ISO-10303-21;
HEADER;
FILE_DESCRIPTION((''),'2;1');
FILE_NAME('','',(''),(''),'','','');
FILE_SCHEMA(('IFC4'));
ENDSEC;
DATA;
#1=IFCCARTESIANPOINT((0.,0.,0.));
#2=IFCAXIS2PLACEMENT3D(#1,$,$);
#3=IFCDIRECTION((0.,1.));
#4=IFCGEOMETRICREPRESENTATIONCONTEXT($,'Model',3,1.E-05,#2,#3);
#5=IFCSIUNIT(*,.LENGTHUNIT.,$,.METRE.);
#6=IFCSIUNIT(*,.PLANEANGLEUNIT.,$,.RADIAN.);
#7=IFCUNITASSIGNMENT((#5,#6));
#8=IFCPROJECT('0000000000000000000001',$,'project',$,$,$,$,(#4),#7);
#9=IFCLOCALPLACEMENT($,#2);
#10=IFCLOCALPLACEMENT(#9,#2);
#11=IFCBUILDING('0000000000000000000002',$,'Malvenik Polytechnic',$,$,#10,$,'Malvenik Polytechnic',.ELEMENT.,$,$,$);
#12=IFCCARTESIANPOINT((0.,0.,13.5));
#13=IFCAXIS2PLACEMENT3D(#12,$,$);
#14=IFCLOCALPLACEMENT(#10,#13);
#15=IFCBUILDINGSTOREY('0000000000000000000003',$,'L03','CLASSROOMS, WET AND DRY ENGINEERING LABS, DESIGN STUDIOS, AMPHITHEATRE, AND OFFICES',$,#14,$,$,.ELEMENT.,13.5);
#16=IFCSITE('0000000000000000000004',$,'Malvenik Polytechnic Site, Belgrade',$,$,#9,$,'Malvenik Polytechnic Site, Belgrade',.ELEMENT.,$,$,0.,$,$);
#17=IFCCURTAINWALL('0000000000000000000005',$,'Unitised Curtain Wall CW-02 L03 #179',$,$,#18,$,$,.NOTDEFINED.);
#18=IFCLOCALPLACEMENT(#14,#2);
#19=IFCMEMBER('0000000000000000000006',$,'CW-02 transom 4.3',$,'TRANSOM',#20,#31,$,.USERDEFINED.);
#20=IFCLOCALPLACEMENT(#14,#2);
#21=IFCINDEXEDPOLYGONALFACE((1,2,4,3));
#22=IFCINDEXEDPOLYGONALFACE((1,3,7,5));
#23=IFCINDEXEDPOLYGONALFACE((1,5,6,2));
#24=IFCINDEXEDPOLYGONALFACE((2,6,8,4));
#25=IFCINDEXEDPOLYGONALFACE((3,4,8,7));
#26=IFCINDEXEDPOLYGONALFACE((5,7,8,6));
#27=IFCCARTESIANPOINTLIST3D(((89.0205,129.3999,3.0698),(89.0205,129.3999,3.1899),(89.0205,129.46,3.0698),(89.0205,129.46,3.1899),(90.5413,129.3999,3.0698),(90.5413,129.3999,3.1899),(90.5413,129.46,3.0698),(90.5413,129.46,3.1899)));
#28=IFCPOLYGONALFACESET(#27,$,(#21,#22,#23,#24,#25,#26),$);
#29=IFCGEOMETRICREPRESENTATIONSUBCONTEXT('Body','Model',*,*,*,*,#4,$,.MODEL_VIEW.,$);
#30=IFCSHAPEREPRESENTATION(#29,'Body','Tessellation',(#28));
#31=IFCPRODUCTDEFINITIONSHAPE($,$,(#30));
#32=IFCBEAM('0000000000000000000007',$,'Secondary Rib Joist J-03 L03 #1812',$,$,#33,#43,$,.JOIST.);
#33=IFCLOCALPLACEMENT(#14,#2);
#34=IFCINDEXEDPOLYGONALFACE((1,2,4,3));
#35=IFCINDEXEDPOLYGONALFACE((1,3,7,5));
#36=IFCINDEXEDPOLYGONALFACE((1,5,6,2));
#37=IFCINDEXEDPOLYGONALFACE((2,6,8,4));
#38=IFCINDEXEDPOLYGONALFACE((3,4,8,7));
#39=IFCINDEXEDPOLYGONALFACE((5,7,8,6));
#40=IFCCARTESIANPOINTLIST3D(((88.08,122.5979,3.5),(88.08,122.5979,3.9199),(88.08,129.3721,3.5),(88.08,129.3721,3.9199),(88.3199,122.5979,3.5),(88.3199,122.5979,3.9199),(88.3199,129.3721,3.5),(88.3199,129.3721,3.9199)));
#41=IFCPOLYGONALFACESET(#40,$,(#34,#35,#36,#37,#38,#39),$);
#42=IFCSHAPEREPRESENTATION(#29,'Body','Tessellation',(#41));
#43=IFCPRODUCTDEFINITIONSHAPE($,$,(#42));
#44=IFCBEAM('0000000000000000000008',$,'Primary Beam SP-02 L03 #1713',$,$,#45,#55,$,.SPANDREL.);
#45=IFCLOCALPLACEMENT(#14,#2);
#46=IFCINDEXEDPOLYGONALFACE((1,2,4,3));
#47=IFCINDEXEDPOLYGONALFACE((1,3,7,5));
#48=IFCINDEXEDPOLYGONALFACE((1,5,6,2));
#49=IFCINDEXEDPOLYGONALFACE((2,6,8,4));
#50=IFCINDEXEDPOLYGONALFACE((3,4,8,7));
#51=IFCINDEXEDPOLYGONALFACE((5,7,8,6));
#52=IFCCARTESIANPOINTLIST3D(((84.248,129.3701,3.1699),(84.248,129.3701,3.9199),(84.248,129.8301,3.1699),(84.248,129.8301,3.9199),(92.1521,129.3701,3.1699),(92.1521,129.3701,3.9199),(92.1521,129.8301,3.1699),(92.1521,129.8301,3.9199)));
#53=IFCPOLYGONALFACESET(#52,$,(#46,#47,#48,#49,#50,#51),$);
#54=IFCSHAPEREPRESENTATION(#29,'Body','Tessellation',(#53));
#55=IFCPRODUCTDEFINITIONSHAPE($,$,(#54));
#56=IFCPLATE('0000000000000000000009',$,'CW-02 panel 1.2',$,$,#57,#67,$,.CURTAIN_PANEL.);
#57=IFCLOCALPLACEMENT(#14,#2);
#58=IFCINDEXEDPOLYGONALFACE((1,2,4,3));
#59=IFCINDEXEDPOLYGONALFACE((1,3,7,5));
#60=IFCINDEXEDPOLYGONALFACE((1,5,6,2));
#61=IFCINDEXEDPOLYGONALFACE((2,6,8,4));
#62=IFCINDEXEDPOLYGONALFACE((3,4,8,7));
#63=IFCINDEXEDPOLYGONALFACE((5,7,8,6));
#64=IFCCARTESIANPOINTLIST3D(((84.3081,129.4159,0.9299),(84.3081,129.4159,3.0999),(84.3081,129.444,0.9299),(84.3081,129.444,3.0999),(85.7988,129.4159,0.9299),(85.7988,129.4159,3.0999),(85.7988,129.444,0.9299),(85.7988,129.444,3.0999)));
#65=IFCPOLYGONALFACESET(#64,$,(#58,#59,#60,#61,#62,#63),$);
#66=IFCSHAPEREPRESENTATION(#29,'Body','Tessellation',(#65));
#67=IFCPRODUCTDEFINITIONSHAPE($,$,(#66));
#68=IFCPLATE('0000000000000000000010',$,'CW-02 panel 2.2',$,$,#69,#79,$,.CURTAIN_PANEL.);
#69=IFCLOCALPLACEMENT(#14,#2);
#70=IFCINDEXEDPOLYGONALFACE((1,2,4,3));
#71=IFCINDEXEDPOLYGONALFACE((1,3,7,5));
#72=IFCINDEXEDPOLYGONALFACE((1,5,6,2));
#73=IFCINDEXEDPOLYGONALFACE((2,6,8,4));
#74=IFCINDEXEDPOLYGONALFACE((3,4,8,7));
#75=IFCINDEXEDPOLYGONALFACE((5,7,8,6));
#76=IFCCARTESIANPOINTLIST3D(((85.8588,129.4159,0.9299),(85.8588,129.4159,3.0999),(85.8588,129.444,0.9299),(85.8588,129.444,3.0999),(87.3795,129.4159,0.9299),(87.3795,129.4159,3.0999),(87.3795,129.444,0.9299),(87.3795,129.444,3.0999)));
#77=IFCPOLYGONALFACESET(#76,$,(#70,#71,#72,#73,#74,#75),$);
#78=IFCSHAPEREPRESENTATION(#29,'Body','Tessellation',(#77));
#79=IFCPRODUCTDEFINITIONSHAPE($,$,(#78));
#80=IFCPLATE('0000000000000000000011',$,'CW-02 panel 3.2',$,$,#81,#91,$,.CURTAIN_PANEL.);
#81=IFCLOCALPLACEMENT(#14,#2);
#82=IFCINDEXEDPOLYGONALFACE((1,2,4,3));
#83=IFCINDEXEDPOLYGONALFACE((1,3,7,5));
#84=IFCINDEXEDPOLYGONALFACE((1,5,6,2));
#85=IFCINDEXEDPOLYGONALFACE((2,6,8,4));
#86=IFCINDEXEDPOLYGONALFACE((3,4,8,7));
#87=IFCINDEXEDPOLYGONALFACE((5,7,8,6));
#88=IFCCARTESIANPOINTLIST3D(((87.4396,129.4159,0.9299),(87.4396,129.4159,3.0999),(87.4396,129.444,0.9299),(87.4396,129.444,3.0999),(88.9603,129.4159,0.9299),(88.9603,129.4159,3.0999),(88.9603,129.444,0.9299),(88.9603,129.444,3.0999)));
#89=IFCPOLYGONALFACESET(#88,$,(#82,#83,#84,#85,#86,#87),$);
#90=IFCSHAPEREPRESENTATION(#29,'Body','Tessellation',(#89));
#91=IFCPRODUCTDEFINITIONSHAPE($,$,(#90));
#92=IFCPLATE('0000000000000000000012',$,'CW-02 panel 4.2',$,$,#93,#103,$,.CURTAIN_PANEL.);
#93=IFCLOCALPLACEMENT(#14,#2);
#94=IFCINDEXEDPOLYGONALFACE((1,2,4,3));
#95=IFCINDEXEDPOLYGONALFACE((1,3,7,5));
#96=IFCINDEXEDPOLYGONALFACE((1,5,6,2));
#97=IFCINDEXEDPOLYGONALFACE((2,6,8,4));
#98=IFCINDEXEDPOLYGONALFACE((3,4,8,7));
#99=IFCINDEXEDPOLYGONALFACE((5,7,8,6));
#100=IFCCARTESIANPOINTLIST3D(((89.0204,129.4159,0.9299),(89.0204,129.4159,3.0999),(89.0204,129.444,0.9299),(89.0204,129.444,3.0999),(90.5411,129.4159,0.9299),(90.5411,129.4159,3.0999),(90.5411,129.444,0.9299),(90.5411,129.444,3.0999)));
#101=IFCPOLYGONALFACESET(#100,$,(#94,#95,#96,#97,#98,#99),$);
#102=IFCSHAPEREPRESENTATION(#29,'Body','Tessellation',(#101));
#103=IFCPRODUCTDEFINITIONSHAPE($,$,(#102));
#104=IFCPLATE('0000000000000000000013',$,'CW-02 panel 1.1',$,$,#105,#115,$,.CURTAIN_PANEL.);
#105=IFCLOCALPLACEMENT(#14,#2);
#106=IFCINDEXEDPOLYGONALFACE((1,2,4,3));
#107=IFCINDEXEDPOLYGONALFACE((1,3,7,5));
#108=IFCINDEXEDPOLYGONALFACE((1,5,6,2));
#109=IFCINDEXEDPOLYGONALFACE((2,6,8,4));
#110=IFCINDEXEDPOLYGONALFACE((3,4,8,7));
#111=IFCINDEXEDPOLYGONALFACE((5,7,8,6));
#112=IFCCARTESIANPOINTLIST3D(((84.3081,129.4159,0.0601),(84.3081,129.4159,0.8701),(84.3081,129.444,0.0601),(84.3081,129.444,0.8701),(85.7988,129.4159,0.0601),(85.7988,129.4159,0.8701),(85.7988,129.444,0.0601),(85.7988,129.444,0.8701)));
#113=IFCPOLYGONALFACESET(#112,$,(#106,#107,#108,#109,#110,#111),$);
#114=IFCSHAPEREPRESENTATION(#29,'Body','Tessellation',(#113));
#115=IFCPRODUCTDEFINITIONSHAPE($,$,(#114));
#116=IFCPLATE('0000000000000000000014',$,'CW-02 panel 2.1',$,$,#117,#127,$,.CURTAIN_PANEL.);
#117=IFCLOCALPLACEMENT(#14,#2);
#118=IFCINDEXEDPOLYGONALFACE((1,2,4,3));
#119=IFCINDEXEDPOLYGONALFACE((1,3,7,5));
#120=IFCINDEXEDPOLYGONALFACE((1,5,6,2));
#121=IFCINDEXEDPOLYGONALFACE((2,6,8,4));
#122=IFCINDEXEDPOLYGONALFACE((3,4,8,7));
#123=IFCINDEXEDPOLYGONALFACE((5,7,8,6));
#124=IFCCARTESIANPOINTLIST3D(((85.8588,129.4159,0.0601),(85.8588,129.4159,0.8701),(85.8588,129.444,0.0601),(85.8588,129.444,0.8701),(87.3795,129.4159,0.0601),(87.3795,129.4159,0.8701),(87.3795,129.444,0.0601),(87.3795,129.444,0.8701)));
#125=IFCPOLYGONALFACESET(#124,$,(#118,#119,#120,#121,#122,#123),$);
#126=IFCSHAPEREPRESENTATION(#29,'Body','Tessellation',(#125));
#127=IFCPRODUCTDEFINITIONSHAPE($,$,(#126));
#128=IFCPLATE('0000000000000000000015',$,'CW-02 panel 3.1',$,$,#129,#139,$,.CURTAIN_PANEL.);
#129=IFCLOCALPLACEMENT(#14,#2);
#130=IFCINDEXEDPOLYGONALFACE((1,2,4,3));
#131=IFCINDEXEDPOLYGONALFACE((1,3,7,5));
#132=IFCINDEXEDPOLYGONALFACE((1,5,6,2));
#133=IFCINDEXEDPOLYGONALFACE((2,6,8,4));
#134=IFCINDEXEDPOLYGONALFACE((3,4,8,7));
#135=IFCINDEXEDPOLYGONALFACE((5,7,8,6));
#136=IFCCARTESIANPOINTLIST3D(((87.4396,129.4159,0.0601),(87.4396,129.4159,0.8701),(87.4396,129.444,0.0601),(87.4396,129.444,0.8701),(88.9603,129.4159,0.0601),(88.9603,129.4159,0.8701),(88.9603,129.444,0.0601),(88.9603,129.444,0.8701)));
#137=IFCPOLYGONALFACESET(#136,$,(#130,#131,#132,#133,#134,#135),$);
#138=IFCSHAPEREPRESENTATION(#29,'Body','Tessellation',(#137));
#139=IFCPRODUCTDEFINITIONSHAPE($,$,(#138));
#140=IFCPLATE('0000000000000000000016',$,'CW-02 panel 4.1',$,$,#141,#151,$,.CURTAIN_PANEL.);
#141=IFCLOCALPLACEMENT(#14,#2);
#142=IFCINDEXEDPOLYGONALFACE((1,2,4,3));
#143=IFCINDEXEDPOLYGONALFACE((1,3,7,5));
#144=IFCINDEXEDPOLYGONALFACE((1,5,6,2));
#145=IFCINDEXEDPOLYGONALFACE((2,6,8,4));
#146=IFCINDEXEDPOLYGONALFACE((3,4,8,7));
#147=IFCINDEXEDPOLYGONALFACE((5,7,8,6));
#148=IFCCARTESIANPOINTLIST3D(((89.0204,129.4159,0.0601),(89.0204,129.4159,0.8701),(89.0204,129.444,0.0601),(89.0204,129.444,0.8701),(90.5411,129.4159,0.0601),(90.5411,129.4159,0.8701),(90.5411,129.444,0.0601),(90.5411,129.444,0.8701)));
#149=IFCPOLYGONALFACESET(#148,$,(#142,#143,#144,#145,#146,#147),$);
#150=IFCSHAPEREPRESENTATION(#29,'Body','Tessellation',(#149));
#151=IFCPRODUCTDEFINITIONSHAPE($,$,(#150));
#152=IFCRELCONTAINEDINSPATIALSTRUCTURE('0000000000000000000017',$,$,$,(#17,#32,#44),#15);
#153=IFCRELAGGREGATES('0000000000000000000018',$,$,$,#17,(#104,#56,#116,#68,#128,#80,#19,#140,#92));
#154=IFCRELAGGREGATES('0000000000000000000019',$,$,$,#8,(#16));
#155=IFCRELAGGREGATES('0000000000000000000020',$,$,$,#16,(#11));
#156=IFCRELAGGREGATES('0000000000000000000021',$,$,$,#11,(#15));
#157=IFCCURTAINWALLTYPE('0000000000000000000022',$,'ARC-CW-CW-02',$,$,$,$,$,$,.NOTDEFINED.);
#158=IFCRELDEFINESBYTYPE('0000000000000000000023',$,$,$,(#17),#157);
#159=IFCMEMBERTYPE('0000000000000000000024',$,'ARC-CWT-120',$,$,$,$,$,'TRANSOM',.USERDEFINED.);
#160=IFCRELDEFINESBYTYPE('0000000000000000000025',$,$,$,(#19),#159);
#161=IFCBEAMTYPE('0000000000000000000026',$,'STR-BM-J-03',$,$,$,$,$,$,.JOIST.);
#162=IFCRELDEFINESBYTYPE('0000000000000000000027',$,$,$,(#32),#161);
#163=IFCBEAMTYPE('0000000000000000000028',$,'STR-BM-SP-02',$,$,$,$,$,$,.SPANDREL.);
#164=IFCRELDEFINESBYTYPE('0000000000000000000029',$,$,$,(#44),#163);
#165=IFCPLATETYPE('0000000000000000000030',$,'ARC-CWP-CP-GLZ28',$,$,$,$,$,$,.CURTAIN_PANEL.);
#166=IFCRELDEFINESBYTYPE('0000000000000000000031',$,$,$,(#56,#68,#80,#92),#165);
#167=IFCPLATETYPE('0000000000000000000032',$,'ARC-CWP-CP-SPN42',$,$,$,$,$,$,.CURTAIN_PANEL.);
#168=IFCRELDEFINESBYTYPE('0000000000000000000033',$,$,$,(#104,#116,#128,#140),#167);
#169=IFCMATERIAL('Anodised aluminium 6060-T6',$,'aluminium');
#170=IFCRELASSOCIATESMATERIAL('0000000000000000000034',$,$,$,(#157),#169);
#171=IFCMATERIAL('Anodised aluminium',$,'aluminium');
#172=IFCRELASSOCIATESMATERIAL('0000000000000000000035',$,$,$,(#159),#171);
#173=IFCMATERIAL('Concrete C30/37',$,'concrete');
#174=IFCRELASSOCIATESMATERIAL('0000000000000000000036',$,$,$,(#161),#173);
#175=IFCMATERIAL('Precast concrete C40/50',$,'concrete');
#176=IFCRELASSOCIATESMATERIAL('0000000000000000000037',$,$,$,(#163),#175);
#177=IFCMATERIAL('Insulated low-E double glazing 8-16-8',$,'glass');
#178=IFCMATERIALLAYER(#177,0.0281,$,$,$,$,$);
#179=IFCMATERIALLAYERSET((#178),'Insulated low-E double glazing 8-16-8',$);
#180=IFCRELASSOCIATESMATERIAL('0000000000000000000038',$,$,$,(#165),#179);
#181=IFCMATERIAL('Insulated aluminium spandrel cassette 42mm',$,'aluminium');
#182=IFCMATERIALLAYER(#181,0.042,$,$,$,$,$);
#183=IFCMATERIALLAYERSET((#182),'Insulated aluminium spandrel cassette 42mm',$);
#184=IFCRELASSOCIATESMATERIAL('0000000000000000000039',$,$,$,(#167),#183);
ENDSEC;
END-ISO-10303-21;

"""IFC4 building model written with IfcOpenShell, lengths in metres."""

from ifc_helpers import new_model, si_unit, direction, frame, origin, origin_2d, place, context, subcontext, project, spatial, rectangle, extrude, material, layer, layer_set, material_profile, profile_set, type_object, element, aggregate, save


model = new_model("IFC4")

# Units and contexts
model_context = context("Model", 3, precision=1e-05, world=origin(), true_north=direction((0.0, 1.0)))
body_context = subcontext(model_context, "Body", "Model", "MODEL_VIEW")
ifc_project = project(units=[si_unit("LENGTHUNIT", "METRE"), si_unit("PLANEANGLEUNIT", "RADIAN")], contexts=[model_context])

# Site, building, storey
site_placement = place(None, origin())
site = spatial("IfcSite", under=ifc_project, at=site_placement, Name="Malvenik Polytechnic Site, Belgrade", LongName="Malvenik Polytechnic Site, Belgrade", CompositionType="ELEMENT", RefElevation=0.0)
building_placement = place(site_placement, origin())
building = spatial("IfcBuilding", under=site, at=building_placement, Name="Malvenik Polytechnic", LongName="Malvenik Polytechnic", CompositionType="ELEMENT")
storey_placement = place(building_placement, frame((0.0, 0.0, 13.5)))
storey = spatial("IfcBuildingStorey", under=building, at=storey_placement, Name="L03", Description="CLASSROOMS, WET AND DRY ENGINEERING LABS, DESIGN STUDIOS, AMPHITHEATRE, AND OFFICES", CompositionType="ELEMENT", Elevation=13.5)

# Curtain wall, member
ifc_material_1 = material(Name="Anodised aluminium 6060-T6", Category="aluminium")
curtain_wall_type = type_object("IfcCurtainWallType", Name="ARC-CW-CW-02", PredefinedType="NOTDEFINED", material=ifc_material_1)
curtain_wall_placement = place(storey_placement, origin())
curtain_wall = element("IfcCurtainWall", 1, at=curtain_wall_placement, inside=storey, type_object=curtain_wall_type, Name="Unitised Curtain Wall CW-02 L03 #179", PredefinedType="NOTDEFINED")
ifc_material_2 = material(Name="Anodised aluminium", Category="aluminium")
ifc_material_profile_1 = material_profile(ifc_material_2, rectangle(XDim=0.0601, YDim=0.1201, at=origin_2d()), Name="ALU TRANSOM 60x120")
ifc_profile_set_1 = profile_set([ifc_material_profile_1], Name="Anodised aluminium")
member_type_1 = type_object("IfcMemberType", Name="ARC-CWT-120", ElementType="TRANSOM", PredefinedType="USERDEFINED", material=ifc_profile_set_1)
member_1_placement = place(storey_placement, frame((89.0205, 129.4299, 3.1299), z_axis=(1.0, 0.0, 0.0), x_axis=(0.0, 1.0, 0.0)))
member_1 = element("IfcMember", 2, at=member_1_placement, type_object=member_type_1, Name="CW-02 transom 4.3", ObjectType="TRANSOM", PredefinedType="USERDEFINED", context=body_context, shape_type="SweptSolid", body=[
    extrude(rectangle(XDim=0.0601, YDim=0.1201, at=origin_2d()), origin(), (0.0, 0.0, 1.0), 1.5208),
])

# Beams
ifc_material_3 = material(Name="Concrete C30/37", Category="concrete")
ifc_material_profile_2 = material_profile(ifc_material_3, rectangle(XDim=0.24, YDim=0.4199, at=origin_2d()), Name="RC JST 240x420")
ifc_profile_set_2 = profile_set([ifc_material_profile_2], Name="Concrete C30/37")
beam_type_1 = type_object("IfcBeamType", Name="STR-BM-J-03", PredefinedType="JOIST", material=ifc_profile_set_2)
beam_1_placement = place(storey_placement, frame((88.2, 122.5979, 3.71), z_axis=(0.0, 1.0, 0.0), x_axis=(-1.0, 0.0, 0.0)))
element("IfcBeam", 3, at=beam_1_placement, inside=storey, type_object=beam_type_1, Name="Secondary Rib Joist J-03 L03 #1812", PredefinedType="JOIST", context=body_context, shape_type="SweptSolid", body=[
    extrude(rectangle(XDim=0.24, YDim=0.4199, at=origin_2d()), origin(), (0.0, 0.0, 1.0), 6.7742),
])
ifc_material_4 = material(Name="Precast concrete C40/50", Category="concrete")
ifc_material_profile_3 = material_profile(ifc_material_4, rectangle(XDim=0.46, YDim=0.75, at=origin_2d()), Name="PC SPN 460x750")
ifc_profile_set_3 = profile_set([ifc_material_profile_3], Name="Precast concrete C40/50")
beam_type_2 = type_object("IfcBeamType", Name="STR-BM-SP-02", PredefinedType="SPANDREL", material=ifc_profile_set_3)
beam_2_placement = place(storey_placement, frame((84.248, 129.6001, 3.5449), z_axis=(1.0, 0.0, 0.0), x_axis=(0.0, 1.0, 0.0)))
element("IfcBeam", 4, at=beam_2_placement, inside=storey, type_object=beam_type_2, Name="Primary Beam SP-02 L03 #1713", PredefinedType="SPANDREL", context=body_context, shape_type="SweptSolid", body=[
    extrude(rectangle(XDim=0.46, YDim=0.75, at=origin_2d()), origin(), (0.0, 0.0, 1.0), 7.9041),
])

# Plates
ifc_material_5 = material(Name="Insulated low-E double glazing 8-16-8", Category="glass")
ifc_layer_1 = layer(ifc_material_5, 0.0281)
ifc_layer_set_1 = layer_set([ifc_layer_1], Name="Insulated low-E double glazing 8-16-8")
plate_type_1 = type_object("IfcPlateType", Name="ARC-CWP-CP-GLZ28", PredefinedType="CURTAIN_PANEL", material=ifc_layer_set_1)
plate_1_placement = place(storey_placement, frame((85.0535, 129.4299, 0.9299), z_axis=(0.0, 0.0, 1.0), x_axis=(1.0, 0.0, 0.0)))
plate_1 = element("IfcPlate", 5, at=plate_1_placement, type_object=plate_type_1, Name="CW-02 panel 1.2", PredefinedType="CURTAIN_PANEL", context=body_context, shape_type="SweptSolid", body=[
    extrude(rectangle(XDim=1.4907, YDim=0.0281, at=origin_2d()), origin(), (0.0, 0.0, 1.0), 2.1699),
])
plate_2_placement = place(storey_placement, frame((86.6191, 129.4299, 0.9299), z_axis=(0.0, 0.0, 1.0), x_axis=(1.0, 0.0, 0.0)))
plate_2 = element("IfcPlate", 6, at=plate_2_placement, type_object=plate_type_1, Name="CW-02 panel 2.2", PredefinedType="CURTAIN_PANEL", context=body_context, shape_type="SweptSolid", body=[
    extrude(rectangle(XDim=1.5208, YDim=0.0281, at=origin_2d()), origin(), (0.0, 0.0, 1.0), 2.1699),
])
plate_3_placement = place(storey_placement, frame((88.2, 129.4299, 0.9299), z_axis=(0.0, 0.0, 1.0), x_axis=(1.0, 0.0, 0.0)))
plate_3 = element("IfcPlate", 7, at=plate_3_placement, type_object=plate_type_1, Name="CW-02 panel 3.2", PredefinedType="CURTAIN_PANEL", context=body_context, shape_type="SweptSolid", body=[
    extrude(rectangle(XDim=1.5208, YDim=0.0281, at=origin_2d()), origin(), (0.0, 0.0, 1.0), 2.1699),
])
plate_4_placement = place(storey_placement, frame((89.7808, 129.4299, 0.9299), z_axis=(0.0, 0.0, 1.0), x_axis=(1.0, 0.0, 0.0)))
plate_4 = element("IfcPlate", 8, at=plate_4_placement, type_object=plate_type_1, Name="CW-02 panel 4.2", PredefinedType="CURTAIN_PANEL", context=body_context, shape_type="SweptSolid", body=[
    extrude(rectangle(XDim=1.5208, YDim=0.0281, at=origin_2d()), origin(), (0.0, 0.0, 1.0), 2.1699),
])
ifc_material_6 = material(Name="Insulated aluminium spandrel cassette 42mm", Category="aluminium")
ifc_layer_2 = layer(ifc_material_6, 0.042)
ifc_layer_set_2 = layer_set([ifc_layer_2], Name="Insulated aluminium spandrel cassette 42mm")
plate_type_2 = type_object("IfcPlateType", Name="ARC-CWP-CP-SPN42", PredefinedType="CURTAIN_PANEL", material=ifc_layer_set_2)
plate_5_placement = place(storey_placement, frame((85.0535, 129.4299, 0.0601), z_axis=(0.0, 0.0, 1.0), x_axis=(1.0, 0.0, 0.0)))
plate_5 = element("IfcPlate", 9, at=plate_5_placement, type_object=plate_type_2, Name="CW-02 panel 1.1", PredefinedType="CURTAIN_PANEL", context=body_context, shape_type="SweptSolid", body=[
    extrude(rectangle(XDim=1.4907, YDim=0.0281, at=origin_2d()), origin(), (0.0, 0.0, 1.0), 0.8101),
])
plate_6_placement = place(storey_placement, frame((86.6191, 129.4299, 0.0601), z_axis=(0.0, 0.0, 1.0), x_axis=(1.0, 0.0, 0.0)))
plate_6 = element("IfcPlate", 10, at=plate_6_placement, type_object=plate_type_2, Name="CW-02 panel 2.1", PredefinedType="CURTAIN_PANEL", context=body_context, shape_type="SweptSolid", body=[
    extrude(rectangle(XDim=1.5208, YDim=0.0281, at=origin_2d()), origin(), (0.0, 0.0, 1.0), 0.8101),
])
plate_7_placement = place(storey_placement, frame((88.2, 129.4299, 0.0601), z_axis=(0.0, 0.0, 1.0), x_axis=(1.0, 0.0, 0.0)))
plate_7 = element("IfcPlate", 11, at=plate_7_placement, type_object=plate_type_2, Name="CW-02 panel 3.1", PredefinedType="CURTAIN_PANEL", context=body_context, shape_type="SweptSolid", body=[
    extrude(rectangle(XDim=1.5208, YDim=0.0281, at=origin_2d()), origin(), (0.0, 0.0, 1.0), 0.8101),
])
plate_8_placement = place(storey_placement, frame((89.7808, 129.4299, 0.0601), z_axis=(0.0, 0.0, 1.0), x_axis=(1.0, 0.0, 0.0)))
plate_8 = element("IfcPlate", 12, at=plate_8_placement, type_object=plate_type_2, Name="CW-02 panel 4.1", PredefinedType="CURTAIN_PANEL", context=body_context, shape_type="SweptSolid", body=[
    extrude(rectangle(XDim=1.5208, YDim=0.0281, at=origin_2d()), origin(), (0.0, 0.0, 1.0), 0.8101),
])
aggregate(curtain_wall, [plate_5, plate_1, plate_6, plate_2, plate_7, plate_3, member_1, plate_8, plate_4])

save(model, "model.ifc")
